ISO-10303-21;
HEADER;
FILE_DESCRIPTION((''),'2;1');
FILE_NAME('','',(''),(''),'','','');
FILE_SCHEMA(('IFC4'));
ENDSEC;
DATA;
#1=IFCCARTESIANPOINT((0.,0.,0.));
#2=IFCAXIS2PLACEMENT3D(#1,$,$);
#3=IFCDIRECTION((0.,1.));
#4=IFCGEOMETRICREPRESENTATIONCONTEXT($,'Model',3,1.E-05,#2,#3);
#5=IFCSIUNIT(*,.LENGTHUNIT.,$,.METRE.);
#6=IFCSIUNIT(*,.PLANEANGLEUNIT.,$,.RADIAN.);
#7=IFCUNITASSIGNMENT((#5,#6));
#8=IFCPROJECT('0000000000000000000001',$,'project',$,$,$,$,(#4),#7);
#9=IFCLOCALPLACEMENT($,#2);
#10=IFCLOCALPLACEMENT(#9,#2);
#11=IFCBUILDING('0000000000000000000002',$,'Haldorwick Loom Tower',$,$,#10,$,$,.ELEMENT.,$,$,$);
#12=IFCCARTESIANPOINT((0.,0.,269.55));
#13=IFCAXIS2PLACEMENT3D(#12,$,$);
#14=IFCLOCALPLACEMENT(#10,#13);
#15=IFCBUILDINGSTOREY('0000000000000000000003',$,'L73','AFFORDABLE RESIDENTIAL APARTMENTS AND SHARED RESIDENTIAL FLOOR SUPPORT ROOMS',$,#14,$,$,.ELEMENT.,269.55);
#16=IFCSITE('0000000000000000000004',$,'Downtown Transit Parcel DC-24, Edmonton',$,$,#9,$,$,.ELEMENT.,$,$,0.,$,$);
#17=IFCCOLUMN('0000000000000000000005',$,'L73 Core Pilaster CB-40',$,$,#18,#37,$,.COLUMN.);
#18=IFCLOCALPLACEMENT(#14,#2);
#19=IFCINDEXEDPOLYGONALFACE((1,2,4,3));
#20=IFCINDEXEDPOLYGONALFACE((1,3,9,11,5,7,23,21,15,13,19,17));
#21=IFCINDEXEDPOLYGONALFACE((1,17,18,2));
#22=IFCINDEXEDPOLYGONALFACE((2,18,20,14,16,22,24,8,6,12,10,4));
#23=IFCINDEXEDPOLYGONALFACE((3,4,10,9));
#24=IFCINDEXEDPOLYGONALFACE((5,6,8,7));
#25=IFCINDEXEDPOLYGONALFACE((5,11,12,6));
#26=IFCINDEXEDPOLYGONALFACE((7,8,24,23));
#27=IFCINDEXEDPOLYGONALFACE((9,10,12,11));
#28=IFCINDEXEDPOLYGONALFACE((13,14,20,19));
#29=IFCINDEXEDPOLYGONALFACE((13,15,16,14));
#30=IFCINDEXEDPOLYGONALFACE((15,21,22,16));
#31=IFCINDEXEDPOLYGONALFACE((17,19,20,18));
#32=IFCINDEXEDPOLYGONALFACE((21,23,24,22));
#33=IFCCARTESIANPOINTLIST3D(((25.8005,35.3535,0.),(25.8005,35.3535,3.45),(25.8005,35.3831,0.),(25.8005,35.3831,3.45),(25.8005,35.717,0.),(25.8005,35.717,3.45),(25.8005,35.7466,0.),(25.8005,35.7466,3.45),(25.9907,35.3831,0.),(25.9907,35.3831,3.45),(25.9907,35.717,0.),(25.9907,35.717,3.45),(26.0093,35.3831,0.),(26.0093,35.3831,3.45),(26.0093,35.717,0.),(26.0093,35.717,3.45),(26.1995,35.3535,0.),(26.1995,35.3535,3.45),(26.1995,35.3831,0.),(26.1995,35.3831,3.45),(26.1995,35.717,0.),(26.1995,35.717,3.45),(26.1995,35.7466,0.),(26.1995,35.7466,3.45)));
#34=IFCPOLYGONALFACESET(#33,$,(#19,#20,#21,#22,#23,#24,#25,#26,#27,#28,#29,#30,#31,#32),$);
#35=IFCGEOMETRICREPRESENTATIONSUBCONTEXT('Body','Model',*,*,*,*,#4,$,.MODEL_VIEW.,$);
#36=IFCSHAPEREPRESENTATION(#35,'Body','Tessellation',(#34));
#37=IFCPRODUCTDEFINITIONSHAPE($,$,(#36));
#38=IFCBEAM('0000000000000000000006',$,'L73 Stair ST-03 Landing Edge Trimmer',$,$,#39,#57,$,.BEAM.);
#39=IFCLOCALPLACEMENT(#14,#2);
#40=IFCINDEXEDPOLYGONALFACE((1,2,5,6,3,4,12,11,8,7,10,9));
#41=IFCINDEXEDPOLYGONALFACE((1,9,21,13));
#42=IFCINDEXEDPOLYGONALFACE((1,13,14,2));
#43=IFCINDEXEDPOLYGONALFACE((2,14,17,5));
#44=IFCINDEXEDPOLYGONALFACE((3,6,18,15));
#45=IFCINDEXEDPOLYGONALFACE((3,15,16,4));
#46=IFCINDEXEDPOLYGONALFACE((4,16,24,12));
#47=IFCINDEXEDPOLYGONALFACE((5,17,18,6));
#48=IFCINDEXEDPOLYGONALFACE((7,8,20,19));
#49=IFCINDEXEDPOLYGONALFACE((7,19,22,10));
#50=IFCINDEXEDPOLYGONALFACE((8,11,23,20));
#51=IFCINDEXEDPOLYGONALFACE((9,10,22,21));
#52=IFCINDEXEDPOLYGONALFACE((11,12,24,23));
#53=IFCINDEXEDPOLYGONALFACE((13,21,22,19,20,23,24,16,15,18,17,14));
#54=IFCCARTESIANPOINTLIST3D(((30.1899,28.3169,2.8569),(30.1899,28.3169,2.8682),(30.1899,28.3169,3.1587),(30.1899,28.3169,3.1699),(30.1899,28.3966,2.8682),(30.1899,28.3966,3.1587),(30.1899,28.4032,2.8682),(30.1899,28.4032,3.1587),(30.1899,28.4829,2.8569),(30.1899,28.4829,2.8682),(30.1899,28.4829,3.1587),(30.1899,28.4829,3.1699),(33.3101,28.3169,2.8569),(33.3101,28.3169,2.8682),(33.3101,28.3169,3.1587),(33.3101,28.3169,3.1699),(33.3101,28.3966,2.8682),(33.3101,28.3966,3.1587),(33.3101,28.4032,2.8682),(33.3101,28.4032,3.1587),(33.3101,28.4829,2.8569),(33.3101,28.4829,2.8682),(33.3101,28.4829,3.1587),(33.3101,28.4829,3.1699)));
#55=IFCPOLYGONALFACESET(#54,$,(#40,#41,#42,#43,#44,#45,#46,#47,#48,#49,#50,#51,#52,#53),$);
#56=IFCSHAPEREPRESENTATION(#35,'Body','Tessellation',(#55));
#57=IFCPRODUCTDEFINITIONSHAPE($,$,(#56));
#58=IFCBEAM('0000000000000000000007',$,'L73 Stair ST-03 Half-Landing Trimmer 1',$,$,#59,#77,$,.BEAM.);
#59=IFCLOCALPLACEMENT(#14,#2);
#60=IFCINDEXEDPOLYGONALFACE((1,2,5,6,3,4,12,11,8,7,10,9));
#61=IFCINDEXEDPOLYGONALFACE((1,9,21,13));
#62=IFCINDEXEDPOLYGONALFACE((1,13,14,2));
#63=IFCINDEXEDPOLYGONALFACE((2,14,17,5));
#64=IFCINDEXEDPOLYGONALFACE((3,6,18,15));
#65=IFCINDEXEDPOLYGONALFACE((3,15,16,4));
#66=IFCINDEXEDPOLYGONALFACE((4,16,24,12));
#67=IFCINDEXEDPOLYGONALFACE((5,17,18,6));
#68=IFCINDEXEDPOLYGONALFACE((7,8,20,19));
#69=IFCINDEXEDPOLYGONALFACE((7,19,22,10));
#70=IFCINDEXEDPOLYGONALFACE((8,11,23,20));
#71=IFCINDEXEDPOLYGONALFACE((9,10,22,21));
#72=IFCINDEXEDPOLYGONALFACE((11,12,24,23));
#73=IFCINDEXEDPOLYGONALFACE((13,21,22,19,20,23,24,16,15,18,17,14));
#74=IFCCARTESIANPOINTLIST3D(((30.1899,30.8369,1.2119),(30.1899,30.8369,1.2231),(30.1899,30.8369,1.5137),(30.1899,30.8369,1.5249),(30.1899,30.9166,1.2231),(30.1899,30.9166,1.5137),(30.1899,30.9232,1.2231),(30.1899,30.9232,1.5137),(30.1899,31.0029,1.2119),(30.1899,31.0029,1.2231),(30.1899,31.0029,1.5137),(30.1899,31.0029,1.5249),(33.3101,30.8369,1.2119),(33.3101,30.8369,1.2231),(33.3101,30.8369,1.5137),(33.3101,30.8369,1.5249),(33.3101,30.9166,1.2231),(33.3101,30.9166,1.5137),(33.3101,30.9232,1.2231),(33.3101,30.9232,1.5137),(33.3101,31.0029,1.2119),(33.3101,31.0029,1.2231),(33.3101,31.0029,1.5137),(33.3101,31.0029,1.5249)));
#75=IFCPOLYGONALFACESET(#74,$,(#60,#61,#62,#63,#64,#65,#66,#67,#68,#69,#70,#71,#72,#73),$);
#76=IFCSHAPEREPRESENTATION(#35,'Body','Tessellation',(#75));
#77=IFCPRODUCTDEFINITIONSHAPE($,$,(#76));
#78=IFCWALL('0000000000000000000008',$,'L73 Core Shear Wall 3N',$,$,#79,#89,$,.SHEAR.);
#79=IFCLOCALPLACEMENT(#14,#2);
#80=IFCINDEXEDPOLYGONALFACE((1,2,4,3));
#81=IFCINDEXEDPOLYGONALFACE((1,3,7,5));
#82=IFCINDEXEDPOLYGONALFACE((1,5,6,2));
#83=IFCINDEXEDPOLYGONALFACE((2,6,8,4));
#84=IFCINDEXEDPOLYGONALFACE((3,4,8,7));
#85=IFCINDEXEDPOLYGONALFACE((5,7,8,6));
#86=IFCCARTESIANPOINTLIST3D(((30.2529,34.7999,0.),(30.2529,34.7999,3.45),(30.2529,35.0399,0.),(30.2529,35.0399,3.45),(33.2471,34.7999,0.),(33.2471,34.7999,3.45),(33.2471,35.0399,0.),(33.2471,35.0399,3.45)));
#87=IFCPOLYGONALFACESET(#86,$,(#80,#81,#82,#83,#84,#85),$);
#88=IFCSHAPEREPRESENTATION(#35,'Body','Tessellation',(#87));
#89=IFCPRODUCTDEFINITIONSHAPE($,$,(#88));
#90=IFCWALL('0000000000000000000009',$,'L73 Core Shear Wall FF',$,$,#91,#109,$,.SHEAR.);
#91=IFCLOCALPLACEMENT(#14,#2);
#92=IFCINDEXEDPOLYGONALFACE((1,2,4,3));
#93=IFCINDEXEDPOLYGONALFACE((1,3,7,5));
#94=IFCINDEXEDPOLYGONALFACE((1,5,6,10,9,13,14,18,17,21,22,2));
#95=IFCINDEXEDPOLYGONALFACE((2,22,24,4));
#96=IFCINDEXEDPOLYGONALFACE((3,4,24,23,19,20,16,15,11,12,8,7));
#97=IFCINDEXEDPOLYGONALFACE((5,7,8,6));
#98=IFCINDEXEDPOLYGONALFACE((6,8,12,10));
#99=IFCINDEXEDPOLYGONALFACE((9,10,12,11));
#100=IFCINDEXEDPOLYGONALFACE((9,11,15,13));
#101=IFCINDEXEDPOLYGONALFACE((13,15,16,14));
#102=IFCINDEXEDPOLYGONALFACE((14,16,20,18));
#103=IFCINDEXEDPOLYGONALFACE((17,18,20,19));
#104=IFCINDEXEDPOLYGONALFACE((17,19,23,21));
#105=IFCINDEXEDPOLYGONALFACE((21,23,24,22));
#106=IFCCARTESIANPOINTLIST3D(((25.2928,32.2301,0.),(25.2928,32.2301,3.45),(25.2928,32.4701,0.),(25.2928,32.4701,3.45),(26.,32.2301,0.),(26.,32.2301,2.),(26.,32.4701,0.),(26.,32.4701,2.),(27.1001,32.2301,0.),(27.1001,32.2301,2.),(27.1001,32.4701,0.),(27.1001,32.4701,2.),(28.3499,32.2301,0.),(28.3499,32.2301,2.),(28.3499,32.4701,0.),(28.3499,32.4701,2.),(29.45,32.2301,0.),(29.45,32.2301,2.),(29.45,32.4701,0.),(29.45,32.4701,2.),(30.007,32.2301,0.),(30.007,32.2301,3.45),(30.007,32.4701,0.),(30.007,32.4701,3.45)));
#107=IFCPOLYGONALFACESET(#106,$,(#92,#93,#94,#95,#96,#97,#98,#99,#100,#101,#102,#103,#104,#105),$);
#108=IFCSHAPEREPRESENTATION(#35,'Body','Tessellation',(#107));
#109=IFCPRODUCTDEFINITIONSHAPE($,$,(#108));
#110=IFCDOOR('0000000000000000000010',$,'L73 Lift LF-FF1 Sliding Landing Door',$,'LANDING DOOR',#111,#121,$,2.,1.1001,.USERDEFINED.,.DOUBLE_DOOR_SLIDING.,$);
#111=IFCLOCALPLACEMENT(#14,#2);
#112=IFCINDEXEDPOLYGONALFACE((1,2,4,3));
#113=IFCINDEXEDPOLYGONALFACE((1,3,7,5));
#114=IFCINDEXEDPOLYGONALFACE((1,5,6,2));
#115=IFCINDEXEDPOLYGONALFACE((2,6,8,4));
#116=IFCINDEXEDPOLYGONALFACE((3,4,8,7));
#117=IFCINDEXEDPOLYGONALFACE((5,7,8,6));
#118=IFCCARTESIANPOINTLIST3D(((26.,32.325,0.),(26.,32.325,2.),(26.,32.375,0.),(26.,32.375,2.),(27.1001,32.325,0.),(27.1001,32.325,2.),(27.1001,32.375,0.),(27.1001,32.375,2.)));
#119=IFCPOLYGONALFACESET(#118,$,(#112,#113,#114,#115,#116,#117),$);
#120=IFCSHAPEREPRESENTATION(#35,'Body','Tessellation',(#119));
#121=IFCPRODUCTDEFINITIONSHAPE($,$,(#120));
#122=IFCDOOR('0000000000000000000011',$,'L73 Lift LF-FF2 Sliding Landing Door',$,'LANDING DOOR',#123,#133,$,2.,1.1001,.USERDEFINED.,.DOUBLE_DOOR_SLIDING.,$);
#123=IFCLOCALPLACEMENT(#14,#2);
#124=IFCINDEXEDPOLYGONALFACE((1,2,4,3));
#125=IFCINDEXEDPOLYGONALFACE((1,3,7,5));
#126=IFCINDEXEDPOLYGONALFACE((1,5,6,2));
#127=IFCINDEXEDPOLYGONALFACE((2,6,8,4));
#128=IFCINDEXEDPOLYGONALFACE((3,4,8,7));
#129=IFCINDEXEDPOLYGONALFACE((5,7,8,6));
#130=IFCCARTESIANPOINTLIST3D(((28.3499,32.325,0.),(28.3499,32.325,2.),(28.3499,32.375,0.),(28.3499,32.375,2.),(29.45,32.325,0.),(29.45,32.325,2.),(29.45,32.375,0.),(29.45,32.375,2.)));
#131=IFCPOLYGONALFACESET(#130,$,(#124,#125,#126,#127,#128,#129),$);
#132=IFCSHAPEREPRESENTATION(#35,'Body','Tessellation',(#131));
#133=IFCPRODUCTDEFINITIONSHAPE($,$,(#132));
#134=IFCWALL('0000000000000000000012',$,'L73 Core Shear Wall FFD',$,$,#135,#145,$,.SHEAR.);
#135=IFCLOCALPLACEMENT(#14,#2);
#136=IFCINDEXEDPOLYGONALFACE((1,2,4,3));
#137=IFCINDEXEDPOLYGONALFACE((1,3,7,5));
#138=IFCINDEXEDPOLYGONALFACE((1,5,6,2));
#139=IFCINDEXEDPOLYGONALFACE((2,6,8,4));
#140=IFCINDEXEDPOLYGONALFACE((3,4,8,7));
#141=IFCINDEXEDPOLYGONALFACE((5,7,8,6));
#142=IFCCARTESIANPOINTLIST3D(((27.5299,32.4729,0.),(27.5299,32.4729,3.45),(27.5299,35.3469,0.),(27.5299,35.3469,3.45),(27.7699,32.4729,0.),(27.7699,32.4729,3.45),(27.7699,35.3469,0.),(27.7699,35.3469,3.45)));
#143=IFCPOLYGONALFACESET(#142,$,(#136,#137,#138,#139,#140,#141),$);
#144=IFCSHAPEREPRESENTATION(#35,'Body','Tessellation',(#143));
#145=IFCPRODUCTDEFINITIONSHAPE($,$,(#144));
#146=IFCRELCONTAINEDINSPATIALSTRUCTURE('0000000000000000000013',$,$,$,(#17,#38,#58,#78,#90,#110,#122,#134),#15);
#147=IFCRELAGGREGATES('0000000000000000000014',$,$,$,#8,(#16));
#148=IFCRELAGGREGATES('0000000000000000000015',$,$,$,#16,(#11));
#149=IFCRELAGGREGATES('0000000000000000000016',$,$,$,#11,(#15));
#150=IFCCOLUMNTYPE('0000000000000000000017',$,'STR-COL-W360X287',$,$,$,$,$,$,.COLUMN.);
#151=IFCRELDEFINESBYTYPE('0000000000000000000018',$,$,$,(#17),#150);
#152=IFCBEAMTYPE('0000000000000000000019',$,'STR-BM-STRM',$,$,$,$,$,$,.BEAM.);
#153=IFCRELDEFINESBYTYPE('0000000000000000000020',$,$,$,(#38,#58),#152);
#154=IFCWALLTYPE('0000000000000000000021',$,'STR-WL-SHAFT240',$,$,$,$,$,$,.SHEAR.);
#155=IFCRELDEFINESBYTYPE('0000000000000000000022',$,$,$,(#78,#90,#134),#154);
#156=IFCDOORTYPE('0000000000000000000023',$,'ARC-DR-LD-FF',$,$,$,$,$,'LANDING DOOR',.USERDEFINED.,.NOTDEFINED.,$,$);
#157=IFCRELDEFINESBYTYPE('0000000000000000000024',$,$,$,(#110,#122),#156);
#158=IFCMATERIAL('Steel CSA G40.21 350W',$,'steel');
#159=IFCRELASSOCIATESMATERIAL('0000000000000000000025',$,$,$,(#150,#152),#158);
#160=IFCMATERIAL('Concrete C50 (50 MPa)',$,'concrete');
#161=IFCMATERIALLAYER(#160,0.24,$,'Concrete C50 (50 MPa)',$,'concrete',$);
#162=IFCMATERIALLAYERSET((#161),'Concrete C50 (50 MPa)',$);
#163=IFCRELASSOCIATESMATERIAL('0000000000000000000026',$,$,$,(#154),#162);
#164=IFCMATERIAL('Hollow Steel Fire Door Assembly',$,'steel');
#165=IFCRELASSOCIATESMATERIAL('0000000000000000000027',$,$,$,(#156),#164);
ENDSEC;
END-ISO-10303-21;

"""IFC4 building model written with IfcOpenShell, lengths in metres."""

from ifc_helpers import new_model, si_unit, direction, frame, frame_2d, origin, origin_2d, place, context, subcontext, project, spatial, rectangle, i_section, extrude, material, layer, layer_set, material_profile, profile_set, type_object, element, fill, save


model = new_model("IFC4")

# Units and contexts
model_context = context("Model", 3, precision=1e-05, world=origin(), true_north=direction((0.0, 1.0)))
body_context = subcontext(model_context, "Body", "Model", "MODEL_VIEW")
ifc_project = project(units=[si_unit("LENGTHUNIT", "METRE"), si_unit("PLANEANGLEUNIT", "RADIAN")], contexts=[model_context])

# Site, building, storey
site_placement = place(None, origin())
site = spatial("IfcSite", under=ifc_project, at=site_placement, Name="Downtown Transit Parcel DC-24, Edmonton", CompositionType="ELEMENT", RefElevation=0.0)
building_placement = place(site_placement, origin())
building = spatial("IfcBuilding", under=site, at=building_placement, Name="Haldorwick Loom Tower", CompositionType="ELEMENT")
storey_placement = place(building_placement, frame((0.0, 0.0, 269.55)))
storey = spatial("IfcBuildingStorey", under=building, at=storey_placement, Name="L73", Description="AFFORDABLE RESIDENTIAL APARTMENTS AND SHARED RESIDENTIAL FLOOR SUPPORT ROOMS", CompositionType="ELEMENT", Elevation=269.55)

# Column
ifc_material_1 = material(Name="Steel CSA G40.21 350W", Category="steel")
ifc_material_profile_1 = material_profile(ifc_material_1, i_section(OverallWidth=0.3989, OverallDepth=0.3931, WebThickness=0.0186, FlangeThickness=0.0295, at=origin_2d()), Name="W360X287", Category="steel")
ifc_profile_set_1 = profile_set([ifc_material_profile_1], Name="Steel CSA G40.21 350W")
column_type = type_object("IfcColumnType", Name="STR-COL-W360X287", PredefinedType="COLUMN", material=ifc_profile_set_1)
column_placement = place(storey_placement, frame((26.0, 35.55, 0.0), z_axis=(0.0, 0.0, 1.0), x_axis=(1.0, 0.0, 0.0)))
element("IfcColumn", 1, at=column_placement, inside=storey, type_object=column_type, Name="L73 Core Pilaster CB-40", PredefinedType="COLUMN", context=body_context, shape_type="SweptSolid", body=[
    extrude(i_section(OverallWidth=0.3989, OverallDepth=0.3931, WebThickness=0.0186, FlangeThickness=0.0295, at=origin_2d()), origin(), (0.0, 0.0, 1.0), 3.45),
])

# Beams
ifc_material_profile_2 = material_profile(ifc_material_1, i_section(OverallWidth=0.166, OverallDepth=0.313, WebThickness=0.0066, FlangeThickness=0.0112, at=origin_2d()), Name="W310X45", Category="steel")
ifc_profile_set_2 = profile_set([ifc_material_profile_2], Name="Steel CSA G40.21 350W")
beam_type = type_object("IfcBeamType", Name="STR-BM-STRM", PredefinedType="BEAM", material=ifc_profile_set_2)
for number, where, z_axis, x_axis, name in (
    (2, (30.1899, 28.3999, 3.0134), (1.0, 0.0, 0.0), (0.0, 1.0, 0.0), "L73 Stair ST-03 Landing Edge Trimmer"),
    (3, (30.1899, 30.9199, 1.3684), (1.0, 0.0, 0.0), (0.0, 1.0, 0.0), "L73 Stair ST-03 Half-Landing Trimmer 1"),
):
    element("IfcBeam", number, at=place(storey_placement, frame(where, z_axis=z_axis, x_axis=x_axis)), inside=storey, type_object=beam_type, Name=name, PredefinedType="BEAM", context=body_context, shape_type="SweptSolid", body=[
        extrude(i_section(OverallWidth=0.166, OverallDepth=0.313, WebThickness=0.0066, FlangeThickness=0.0112, at=origin_2d()), origin(), (0.0, 0.0, 1.0), 3.1201),
    ])

# Wall
ifc_material_2 = material(Name="Concrete C50 (50 MPa)", Category="concrete")
ifc_layer = layer(ifc_material_2, 0.24, Name="Concrete C50 (50 MPa)", Category="concrete")
ifc_layer_set = layer_set([ifc_layer], Name="Concrete C50 (50 MPa)")
wall_type = type_object("IfcWallType", Name="STR-WL-SHAFT240", PredefinedType="SHEAR", material=ifc_layer_set)
wall_1_placement = place(storey_placement, frame((30.2529, 34.9199, 0.0), z_axis=(0.0, 0.0, 1.0), x_axis=(1.0, 0.0, 0.0)))
element("IfcWall", 4, at=wall_1_placement, inside=storey, type_object=wall_type, Name="L73 Core Shear Wall 3N", PredefinedType="SHEAR", context=body_context, shape_type="SweptSolid", body=[
    extrude(rectangle(XDim=2.9941, YDim=0.24, at=frame_2d((1.4971, 0.0))), origin(), (0.0, 0.0, 1.0), 3.45),
])

# Wall, openings, doors
wall_2_placement = place(storey_placement, frame((25.293, 32.3501, 0.0), z_axis=(0.0, 0.0, 1.0), x_axis=(1.0, 0.0, 0.0)))
wall_2 = element("IfcWall", 5, at=wall_2_placement, inside=storey, type_object=wall_type, Name="L73 Core Shear Wall FF", PredefinedType="SHEAR", context=body_context, shape_type="SweptSolid", body=[
    extrude(rectangle(XDim=4.7141, YDim=0.24, at=frame_2d((2.3569, 0.0))), origin(), (0.0, 0.0, 1.0), 3.45),
])
opening_1_placement = place(wall_2_placement, frame((0.707, 0.0, 0.0)))
opening_1 = element("IfcOpeningElement", 6, at=opening_1_placement, cuts=wall_2, PredefinedType="OPENING", context=body_context, shape_type="SweptSolid", body=[
    extrude(rectangle(XDim=1.1001, YDim=2.0, at=frame_2d((0.55, 1.0))), frame((0.0, 0.1299, 0.0), z_axis=(0.0, -1.0, 0.0), x_axis=(1.0, 0.0, 0.0)), (0.0, 0.0, 1.0), 0.26),
])
opening_2_placement = place(wall_2_placement, frame((3.0569, 0.0, 0.0)))
opening_2 = element("IfcOpeningElement", 7, at=opening_2_placement, cuts=wall_2, PredefinedType="OPENING", context=body_context, shape_type="SweptSolid", body=[
    extrude(rectangle(XDim=1.1001, YDim=2.0, at=frame_2d((0.55, 1.0))), frame((0.0, 0.1299, 0.0), z_axis=(0.0, -1.0, 0.0), x_axis=(1.0, 0.0, 0.0)), (0.0, 0.0, 1.0), 0.26),
])
ifc_material_3 = material(Name="Hollow Steel Fire Door Assembly", Category="steel")
door_type_1 = type_object("IfcDoorType", Name="ARC-DR-LD-FF", ElementType="LANDING DOOR", OperationType="NOTDEFINED", PredefinedType="USERDEFINED", material=ifc_material_3)
door_1_placement = place(opening_1_placement, origin())
door_1 = element("IfcDoor", 8, at=door_1_placement, inside=storey, type_object=door_type_1, Name="L73 Lift LF-FF1 Sliding Landing Door", ObjectType="LANDING DOOR", OperationType="DOUBLE_DOOR_SLIDING", OverallHeight=2.0, OverallWidth=1.1001, PredefinedType="USERDEFINED", context=body_context, shape_type="SweptSolid", body=[
    extrude(rectangle(XDim=1.1001, YDim=2.0, at=frame_2d((0.55, 1.0))), frame((0.0, 0.0249, 0.0), z_axis=(0.0, -1.0, 0.0), x_axis=(1.0, 0.0, 0.0)), (0.0, 0.0, 1.0), 0.05),
])
fill(opening_1, door_1)
door_2_placement = place(opening_2_placement, origin())
door_2 = element("IfcDoor", 9, at=door_2_placement, inside=storey, type_object=door_type_1, Name="L73 Lift LF-FF2 Sliding Landing Door", ObjectType="LANDING DOOR", OperationType="DOUBLE_DOOR_SLIDING", OverallHeight=2.0, OverallWidth=1.1001, PredefinedType="USERDEFINED", context=body_context, shape_type="SweptSolid", body=[
    extrude(rectangle(XDim=1.1001, YDim=2.0, at=frame_2d((0.55, 1.0))), frame((0.0, 0.0249, 0.0), z_axis=(0.0, -1.0, 0.0), x_axis=(1.0, 0.0, 0.0)), (0.0, 0.0, 1.0), 0.05),
])
fill(opening_2, door_2)

# Wall
wall_3_placement = place(storey_placement, frame((27.6499, 32.4729, 0.0), z_axis=(0.0, 0.0, 1.0), x_axis=(0.0, 1.0, 0.0)))
element("IfcWall", 10, at=wall_3_placement, inside=storey, type_object=wall_type, Name="L73 Core Shear Wall FFD", PredefinedType="SHEAR", context=body_context, shape_type="SweptSolid", body=[
    extrude(rectangle(XDim=2.874, YDim=0.24, at=frame_2d((1.437, 0.0))), origin(), (0.0, 0.0, 1.0), 3.45),
])

save(model, "model.ifc")
